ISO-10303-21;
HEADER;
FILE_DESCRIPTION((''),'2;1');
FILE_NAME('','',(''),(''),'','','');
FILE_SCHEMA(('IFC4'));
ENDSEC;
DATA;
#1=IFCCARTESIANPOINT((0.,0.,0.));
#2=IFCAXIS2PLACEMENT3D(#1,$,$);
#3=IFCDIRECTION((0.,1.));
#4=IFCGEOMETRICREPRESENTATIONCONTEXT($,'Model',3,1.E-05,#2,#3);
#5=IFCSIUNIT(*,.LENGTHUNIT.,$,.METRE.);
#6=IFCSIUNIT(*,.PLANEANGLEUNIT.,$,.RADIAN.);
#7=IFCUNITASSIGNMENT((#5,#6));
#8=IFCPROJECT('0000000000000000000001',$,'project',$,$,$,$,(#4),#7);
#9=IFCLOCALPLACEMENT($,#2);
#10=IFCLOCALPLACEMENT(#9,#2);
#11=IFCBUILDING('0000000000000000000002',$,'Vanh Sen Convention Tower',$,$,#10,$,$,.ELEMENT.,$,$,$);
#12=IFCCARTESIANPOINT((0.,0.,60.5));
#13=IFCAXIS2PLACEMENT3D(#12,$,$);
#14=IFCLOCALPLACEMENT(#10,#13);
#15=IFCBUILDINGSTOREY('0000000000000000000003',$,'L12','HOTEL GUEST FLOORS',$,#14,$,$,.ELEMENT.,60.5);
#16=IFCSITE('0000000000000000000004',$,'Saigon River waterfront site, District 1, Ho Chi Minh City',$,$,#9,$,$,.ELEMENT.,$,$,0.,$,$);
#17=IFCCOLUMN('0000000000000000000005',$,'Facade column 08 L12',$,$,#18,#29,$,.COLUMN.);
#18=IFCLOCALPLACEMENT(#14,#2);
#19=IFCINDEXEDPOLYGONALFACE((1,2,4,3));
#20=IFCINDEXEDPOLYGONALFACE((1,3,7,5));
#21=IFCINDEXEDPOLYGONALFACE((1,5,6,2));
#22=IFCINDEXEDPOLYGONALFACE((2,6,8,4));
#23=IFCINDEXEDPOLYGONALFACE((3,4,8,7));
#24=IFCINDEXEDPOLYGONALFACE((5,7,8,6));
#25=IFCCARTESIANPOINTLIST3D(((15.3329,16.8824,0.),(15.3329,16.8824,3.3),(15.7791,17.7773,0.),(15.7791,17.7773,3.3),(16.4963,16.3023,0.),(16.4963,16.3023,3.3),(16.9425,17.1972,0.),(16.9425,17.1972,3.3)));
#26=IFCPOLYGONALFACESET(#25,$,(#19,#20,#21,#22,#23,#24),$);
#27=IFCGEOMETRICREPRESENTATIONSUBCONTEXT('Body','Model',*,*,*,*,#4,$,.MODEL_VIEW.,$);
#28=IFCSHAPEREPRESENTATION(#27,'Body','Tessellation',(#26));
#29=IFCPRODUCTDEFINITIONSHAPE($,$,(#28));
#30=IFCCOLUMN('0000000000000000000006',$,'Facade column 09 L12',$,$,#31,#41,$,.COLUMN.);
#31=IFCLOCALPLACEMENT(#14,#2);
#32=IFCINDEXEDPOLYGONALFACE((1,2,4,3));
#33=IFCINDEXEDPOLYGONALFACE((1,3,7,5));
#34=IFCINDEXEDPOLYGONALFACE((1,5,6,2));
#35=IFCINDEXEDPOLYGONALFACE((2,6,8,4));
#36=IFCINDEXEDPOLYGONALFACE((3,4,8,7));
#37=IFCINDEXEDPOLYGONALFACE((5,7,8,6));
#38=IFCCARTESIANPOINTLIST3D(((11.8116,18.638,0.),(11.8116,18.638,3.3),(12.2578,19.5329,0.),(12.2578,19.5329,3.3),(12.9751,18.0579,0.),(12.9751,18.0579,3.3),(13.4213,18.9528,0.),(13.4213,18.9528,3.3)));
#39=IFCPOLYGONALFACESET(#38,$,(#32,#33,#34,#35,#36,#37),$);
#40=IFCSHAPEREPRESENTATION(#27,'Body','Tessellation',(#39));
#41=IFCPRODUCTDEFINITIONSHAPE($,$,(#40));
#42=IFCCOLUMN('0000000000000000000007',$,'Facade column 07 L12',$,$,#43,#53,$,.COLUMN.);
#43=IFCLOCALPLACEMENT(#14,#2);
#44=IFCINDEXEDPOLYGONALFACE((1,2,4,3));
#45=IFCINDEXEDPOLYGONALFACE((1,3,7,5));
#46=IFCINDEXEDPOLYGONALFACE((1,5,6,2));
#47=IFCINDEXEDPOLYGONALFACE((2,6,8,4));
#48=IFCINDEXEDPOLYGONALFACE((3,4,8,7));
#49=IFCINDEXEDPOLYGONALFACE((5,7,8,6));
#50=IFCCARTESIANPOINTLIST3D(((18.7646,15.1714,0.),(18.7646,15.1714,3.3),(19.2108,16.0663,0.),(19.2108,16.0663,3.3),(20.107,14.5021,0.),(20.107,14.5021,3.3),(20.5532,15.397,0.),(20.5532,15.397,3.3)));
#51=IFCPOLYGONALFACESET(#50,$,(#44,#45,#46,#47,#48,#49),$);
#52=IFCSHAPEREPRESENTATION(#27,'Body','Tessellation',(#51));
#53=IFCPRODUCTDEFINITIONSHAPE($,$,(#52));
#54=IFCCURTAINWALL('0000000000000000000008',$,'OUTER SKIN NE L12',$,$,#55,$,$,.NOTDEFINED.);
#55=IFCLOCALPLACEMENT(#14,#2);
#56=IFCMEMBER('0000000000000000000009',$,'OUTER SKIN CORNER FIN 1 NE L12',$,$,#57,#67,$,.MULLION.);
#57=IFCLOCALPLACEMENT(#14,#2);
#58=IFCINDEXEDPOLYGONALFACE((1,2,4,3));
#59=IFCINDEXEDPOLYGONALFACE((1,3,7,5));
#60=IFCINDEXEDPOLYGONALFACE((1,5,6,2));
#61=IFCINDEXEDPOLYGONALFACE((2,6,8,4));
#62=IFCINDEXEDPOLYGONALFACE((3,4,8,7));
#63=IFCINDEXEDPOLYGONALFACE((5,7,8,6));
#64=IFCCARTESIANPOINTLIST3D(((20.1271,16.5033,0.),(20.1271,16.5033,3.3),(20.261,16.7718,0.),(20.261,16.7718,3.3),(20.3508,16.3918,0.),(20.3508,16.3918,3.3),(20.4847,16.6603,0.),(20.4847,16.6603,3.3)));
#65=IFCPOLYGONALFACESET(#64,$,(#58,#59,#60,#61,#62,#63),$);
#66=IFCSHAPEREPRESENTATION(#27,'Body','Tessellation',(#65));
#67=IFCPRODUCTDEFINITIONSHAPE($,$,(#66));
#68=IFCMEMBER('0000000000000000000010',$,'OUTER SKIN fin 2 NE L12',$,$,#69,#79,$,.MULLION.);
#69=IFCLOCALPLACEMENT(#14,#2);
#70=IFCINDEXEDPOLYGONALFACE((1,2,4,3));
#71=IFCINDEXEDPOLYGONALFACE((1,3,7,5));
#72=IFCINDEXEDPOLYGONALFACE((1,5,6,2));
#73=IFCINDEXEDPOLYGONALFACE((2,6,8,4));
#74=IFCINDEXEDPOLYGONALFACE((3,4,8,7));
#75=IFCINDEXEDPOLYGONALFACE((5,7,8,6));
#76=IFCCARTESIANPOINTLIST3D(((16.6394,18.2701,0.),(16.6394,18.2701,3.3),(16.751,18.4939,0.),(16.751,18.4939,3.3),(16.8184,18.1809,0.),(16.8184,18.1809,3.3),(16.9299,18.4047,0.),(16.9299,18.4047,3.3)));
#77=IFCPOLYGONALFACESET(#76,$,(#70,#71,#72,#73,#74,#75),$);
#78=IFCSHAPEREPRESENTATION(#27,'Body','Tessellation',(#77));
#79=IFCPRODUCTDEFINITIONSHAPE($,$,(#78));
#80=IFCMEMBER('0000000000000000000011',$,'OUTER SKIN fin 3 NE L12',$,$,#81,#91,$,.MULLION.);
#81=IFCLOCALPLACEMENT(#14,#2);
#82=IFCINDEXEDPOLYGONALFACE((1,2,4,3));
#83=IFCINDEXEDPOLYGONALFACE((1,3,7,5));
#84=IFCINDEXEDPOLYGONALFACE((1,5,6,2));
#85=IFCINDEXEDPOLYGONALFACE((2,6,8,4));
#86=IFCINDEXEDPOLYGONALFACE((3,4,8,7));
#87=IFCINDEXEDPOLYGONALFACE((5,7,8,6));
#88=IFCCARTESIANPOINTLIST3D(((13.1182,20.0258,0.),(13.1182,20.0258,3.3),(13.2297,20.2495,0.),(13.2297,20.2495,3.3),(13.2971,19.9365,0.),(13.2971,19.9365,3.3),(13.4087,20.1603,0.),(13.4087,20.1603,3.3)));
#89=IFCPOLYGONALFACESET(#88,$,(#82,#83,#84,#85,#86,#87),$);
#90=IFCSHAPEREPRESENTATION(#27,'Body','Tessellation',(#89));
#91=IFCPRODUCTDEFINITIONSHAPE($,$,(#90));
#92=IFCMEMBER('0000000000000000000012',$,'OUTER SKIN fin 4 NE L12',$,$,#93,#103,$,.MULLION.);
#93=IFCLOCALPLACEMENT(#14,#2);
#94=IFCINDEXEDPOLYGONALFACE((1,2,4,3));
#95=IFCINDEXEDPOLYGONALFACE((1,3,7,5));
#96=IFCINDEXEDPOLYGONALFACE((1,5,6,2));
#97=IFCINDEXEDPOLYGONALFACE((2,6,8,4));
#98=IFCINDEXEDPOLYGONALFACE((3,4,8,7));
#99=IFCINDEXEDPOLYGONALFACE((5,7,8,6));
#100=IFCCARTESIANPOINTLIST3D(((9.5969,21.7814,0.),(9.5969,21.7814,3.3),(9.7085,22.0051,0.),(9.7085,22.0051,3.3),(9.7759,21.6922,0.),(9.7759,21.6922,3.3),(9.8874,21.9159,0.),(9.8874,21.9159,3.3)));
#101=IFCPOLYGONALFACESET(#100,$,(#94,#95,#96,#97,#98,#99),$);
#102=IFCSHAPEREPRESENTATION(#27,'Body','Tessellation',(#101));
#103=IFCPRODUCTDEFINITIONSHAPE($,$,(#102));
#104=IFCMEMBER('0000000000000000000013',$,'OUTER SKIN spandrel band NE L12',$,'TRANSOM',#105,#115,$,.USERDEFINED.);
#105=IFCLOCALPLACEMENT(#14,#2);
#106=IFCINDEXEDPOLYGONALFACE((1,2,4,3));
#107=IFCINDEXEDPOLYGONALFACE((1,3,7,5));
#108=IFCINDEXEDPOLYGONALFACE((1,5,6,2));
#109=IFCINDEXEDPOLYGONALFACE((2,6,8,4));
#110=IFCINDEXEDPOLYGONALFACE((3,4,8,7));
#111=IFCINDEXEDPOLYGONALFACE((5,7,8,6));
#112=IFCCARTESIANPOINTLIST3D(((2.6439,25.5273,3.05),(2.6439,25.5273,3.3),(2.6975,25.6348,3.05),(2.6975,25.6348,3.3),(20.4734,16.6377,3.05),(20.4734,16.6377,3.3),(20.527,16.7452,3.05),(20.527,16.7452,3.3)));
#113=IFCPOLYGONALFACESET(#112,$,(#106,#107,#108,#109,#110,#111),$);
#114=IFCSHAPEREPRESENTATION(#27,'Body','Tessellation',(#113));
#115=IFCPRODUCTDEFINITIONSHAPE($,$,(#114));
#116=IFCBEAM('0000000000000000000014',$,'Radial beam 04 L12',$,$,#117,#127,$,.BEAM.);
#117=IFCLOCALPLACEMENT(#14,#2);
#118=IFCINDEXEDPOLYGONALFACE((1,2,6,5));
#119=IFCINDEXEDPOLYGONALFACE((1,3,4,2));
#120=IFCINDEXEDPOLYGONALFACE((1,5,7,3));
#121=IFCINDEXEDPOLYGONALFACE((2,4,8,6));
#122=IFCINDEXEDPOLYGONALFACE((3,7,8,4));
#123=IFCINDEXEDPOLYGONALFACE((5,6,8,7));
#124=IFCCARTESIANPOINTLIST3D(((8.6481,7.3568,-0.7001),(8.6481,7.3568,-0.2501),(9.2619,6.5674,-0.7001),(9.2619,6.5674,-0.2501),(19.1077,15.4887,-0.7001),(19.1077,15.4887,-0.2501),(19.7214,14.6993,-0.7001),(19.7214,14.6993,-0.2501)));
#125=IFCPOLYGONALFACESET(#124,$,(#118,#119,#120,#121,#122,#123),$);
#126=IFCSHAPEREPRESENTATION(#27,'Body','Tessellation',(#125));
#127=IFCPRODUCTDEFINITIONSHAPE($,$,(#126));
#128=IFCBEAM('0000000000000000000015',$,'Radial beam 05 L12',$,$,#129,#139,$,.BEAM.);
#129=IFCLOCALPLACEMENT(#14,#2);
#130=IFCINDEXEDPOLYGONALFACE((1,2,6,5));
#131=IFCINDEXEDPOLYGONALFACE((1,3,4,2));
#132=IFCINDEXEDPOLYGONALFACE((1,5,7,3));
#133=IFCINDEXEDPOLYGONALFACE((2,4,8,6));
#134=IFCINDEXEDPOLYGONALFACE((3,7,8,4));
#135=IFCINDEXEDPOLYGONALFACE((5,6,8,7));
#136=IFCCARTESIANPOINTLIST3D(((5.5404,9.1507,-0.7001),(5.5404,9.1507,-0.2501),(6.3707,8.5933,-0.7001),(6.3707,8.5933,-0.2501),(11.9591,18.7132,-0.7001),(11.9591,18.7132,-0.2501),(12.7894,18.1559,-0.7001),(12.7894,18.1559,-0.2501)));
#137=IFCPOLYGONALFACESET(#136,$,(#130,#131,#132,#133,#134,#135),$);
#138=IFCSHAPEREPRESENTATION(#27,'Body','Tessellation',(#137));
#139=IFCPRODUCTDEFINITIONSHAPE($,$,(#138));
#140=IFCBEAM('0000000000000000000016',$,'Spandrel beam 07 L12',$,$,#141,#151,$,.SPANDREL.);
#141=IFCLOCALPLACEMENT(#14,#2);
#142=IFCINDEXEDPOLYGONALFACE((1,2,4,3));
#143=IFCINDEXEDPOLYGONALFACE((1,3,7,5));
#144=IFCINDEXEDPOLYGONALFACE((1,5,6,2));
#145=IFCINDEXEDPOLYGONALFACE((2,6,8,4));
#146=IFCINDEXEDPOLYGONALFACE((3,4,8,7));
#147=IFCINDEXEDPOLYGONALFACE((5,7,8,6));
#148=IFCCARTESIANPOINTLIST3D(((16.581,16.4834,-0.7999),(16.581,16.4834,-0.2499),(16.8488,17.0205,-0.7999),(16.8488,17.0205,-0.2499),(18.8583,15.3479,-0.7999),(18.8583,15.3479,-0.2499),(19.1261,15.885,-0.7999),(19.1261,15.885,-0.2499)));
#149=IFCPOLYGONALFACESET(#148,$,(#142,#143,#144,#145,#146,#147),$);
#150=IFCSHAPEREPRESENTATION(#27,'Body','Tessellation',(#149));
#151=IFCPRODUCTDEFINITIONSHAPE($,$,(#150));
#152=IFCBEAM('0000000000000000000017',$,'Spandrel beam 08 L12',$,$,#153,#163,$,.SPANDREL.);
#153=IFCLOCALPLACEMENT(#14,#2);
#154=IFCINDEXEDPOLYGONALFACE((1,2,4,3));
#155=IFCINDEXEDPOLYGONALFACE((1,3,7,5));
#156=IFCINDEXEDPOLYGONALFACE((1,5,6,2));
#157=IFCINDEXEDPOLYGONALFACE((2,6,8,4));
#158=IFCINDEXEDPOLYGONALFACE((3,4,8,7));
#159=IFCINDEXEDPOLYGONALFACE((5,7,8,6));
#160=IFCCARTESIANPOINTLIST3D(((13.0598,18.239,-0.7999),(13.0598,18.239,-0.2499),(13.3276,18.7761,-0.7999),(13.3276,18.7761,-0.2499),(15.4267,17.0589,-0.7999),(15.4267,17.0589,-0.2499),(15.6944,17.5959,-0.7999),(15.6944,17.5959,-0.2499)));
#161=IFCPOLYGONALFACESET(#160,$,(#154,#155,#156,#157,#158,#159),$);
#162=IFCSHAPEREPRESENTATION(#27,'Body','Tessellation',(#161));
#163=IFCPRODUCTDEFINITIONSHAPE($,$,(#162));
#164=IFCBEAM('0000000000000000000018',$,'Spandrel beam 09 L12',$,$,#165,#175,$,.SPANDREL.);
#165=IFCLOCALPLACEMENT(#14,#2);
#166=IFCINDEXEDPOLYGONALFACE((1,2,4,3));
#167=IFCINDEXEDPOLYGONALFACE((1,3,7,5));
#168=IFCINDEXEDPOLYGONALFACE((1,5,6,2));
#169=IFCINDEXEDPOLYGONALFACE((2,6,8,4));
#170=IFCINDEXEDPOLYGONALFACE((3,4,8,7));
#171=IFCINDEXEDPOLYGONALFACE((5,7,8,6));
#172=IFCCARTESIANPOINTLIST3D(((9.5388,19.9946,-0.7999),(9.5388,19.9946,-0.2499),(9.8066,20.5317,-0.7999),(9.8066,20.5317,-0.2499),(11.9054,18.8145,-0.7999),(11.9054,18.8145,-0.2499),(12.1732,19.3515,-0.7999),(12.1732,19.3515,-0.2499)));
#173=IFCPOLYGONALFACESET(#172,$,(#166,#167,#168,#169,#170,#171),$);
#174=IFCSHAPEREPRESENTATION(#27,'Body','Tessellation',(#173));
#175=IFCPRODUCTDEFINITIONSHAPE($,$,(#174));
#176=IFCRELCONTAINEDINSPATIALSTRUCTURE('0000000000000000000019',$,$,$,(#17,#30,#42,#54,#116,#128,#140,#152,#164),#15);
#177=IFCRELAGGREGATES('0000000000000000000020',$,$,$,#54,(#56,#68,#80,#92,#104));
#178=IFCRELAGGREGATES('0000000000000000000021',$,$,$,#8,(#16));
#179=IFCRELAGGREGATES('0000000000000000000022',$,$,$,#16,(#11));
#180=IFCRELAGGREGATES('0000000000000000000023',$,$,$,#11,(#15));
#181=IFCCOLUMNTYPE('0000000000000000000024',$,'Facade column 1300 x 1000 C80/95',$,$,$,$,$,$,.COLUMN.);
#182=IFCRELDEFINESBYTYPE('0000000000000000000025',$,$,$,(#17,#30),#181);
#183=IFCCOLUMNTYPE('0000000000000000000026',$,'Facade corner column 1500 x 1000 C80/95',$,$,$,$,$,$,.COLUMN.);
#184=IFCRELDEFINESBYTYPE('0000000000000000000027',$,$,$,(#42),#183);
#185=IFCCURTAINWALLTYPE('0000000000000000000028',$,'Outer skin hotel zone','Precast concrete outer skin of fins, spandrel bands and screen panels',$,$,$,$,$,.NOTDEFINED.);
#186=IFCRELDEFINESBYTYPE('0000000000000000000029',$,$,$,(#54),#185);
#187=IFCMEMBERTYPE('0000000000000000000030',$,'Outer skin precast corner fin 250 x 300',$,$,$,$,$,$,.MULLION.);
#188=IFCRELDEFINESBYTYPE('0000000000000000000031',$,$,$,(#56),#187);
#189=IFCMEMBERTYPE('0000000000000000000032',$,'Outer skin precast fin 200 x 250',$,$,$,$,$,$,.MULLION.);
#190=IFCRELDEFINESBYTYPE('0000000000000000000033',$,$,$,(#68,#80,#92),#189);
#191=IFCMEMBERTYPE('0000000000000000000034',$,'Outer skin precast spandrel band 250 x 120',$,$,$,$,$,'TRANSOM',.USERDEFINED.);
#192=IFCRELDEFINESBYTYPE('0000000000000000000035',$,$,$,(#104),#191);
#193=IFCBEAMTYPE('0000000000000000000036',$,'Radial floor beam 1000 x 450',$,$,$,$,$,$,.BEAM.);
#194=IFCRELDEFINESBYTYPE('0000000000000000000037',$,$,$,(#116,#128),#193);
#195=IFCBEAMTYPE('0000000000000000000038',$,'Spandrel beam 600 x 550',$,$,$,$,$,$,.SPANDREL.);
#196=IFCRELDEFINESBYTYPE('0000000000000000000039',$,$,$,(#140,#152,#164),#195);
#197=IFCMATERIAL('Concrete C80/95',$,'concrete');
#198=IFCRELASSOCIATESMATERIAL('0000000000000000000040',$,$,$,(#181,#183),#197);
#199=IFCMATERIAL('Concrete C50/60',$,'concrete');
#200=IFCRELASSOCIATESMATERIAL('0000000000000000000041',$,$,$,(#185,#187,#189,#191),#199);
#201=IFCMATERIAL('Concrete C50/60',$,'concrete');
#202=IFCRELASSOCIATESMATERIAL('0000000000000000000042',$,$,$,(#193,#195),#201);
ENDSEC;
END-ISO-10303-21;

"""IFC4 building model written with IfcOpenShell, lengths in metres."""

from ifc_helpers import new_model, si_unit, direction, frame, origin, origin_2d, place, context, subcontext, project, spatial, rectangle, extrude, material, material_profile, profile_set, type_object, element, aggregate, save


model = new_model("IFC4")

# Units and contexts
model_context = context("Model", 3, precision=1e-05, world=origin(), true_north=direction((0.0, 1.0)))
body_context = subcontext(model_context, "Body", "Model", "MODEL_VIEW")
ifc_project = project(units=[si_unit("LENGTHUNIT", "METRE"), si_unit("PLANEANGLEUNIT", "RADIAN")], contexts=[model_context])

# Site, building, storey
site_placement = place(None, origin())
site = spatial("IfcSite", under=ifc_project, at=site_placement, Name="Saigon River waterfront site, District 1, Ho Chi Minh City", CompositionType="ELEMENT", RefElevation=0.0)
building_placement = place(site_placement, origin())
building = spatial("IfcBuilding", under=site, at=building_placement, Name="Vanh Sen Convention Tower", CompositionType="ELEMENT")
storey_placement = place(building_placement, frame((0.0, 0.0, 60.5)))
storey = spatial("IfcBuildingStorey", under=building, at=storey_placement, Name="L12", Description="HOTEL GUEST FLOORS", CompositionType="ELEMENT", Elevation=60.5)

# Columns
ifc_material_1 = material(Name="Concrete C80/95", Category="concrete")
ifc_material_profile_1 = material_profile(ifc_material_1, rectangle(XDim=1.3, YDim=1.0, at=origin_2d()), Name="RC 1300X1000")
ifc_profile_set_1 = profile_set([ifc_material_profile_1], Name="Concrete C80/95")
column_type_1 = type_object("IfcColumnType", Name="Facade column 1300 x 1000 C80/95", PredefinedType="COLUMN", material=ifc_profile_set_1)
for number, where, z_axis, x_axis, name in (
    (1, (16.1377, 17.0398, 0.0), (0.0, 0.0, 1.0), (-0.894934, 0.446198, 0.0), "Facade column 08 L12"),
    (2, (12.6165, 18.7954, 0.0), (0.0, 0.0, 1.0), (-0.894934, 0.446198, 0.0), "Facade column 09 L12"),
):
    element("IfcColumn", number, at=place(storey_placement, frame(where, z_axis=z_axis, x_axis=x_axis)), inside=storey, type_object=column_type_1, Name=name, PredefinedType="COLUMN", context=body_context, shape_type="SweptSolid", body=[
        extrude(rectangle(XDim=1.3, YDim=1.0, at=origin_2d()), origin(), (0.0, 0.0, 1.0), 3.3),
    ])
ifc_material_profile_2 = material_profile(ifc_material_1, rectangle(XDim=1.5, YDim=1.0, at=origin_2d()), Name="RC 1500X1000")
ifc_profile_set_2 = profile_set([ifc_material_profile_2], Name="Concrete C80/95")
column_type_2 = type_object("IfcColumnType", Name="Facade corner column 1500 x 1000 C80/95", PredefinedType="COLUMN", material=ifc_profile_set_2)
column_placement = place(storey_placement, frame((19.6589, 15.2842, 0.0), z_axis=(0.0, 0.0, 1.0), x_axis=(-0.894934, 0.446198, 0.0)))
element("IfcColumn", 3, at=column_placement, inside=storey, type_object=column_type_2, Name="Facade column 07 L12", PredefinedType="COLUMN", context=body_context, shape_type="SweptSolid", body=[
    extrude(rectangle(XDim=1.5, YDim=1.0, at=origin_2d()), origin(), (0.0, 0.0, 1.0), 3.3),
])

# Curtain wall, members
ifc_material_2 = material(Name="Concrete C50/60", Category="concrete")
curtain_wall_type = type_object("IfcCurtainWallType", Name="Outer skin hotel zone", Description="Precast concrete outer skin of fins, spandrel bands and screen panels", PredefinedType="NOTDEFINED", material=ifc_material_2)
curtain_wall_1_placement = place(storey_placement, origin())
curtain_wall_1 = element("IfcCurtainWall", 4, at=curtain_wall_1_placement, inside=storey, type_object=curtain_wall_type, Name="OUTER SKIN NE L12", PredefinedType="NOTDEFINED")
ifc_material_profile_3 = material_profile(ifc_material_2, rectangle(XDim=0.25, YDim=0.3, at=origin_2d()), Name="Outer skin precast corner fin 250 x 300")
ifc_profile_set_3 = profile_set([ifc_material_profile_3], Name="Concrete C50/60")
member_type_1 = type_object("IfcMemberType", Name="Outer skin precast corner fin 250 x 300", PredefinedType="MULLION", material=ifc_profile_set_3)
member_1_placement = place(storey_placement, frame((20.3059, 16.5818, 0.0), z_axis=(0.0, 0.0, 1.0), x_axis=(-0.894934, 0.446198, 0.0)))
member_1 = element("IfcMember", 5, at=member_1_placement, type_object=member_type_1, Name="OUTER SKIN CORNER FIN 1 NE L12", PredefinedType="MULLION", context=body_context, shape_type="SweptSolid", body=[
    extrude(rectangle(XDim=0.25, YDim=0.3, at=origin_2d()), origin(), (0.0, 0.0, 1.0), 3.3),
])
ifc_material_profile_4 = material_profile(ifc_material_2, rectangle(XDim=0.2, YDim=0.25, at=origin_2d()), Name="Outer skin precast fin 200 x 250")
ifc_profile_set_4 = profile_set([ifc_material_profile_4], Name="Concrete C50/60")
member_type_2 = type_object("IfcMemberType", Name="Outer skin precast fin 200 x 250", PredefinedType="MULLION", material=ifc_profile_set_4)
member_2_placement = place(storey_placement, frame((16.7847, 18.3374, 0.0), z_axis=(0.0, 0.0, 1.0), x_axis=(-0.894934, 0.446198, 0.0)))
member_2 = element("IfcMember", 6, at=member_2_placement, type_object=member_type_2, Name="OUTER SKIN fin 2 NE L12", PredefinedType="MULLION", context=body_context, shape_type="SweptSolid", body=[
    extrude(rectangle(XDim=0.2, YDim=0.25, at=origin_2d()), origin(), (0.0, 0.0, 1.0), 3.3),
])
member_3_placement = place(storey_placement, frame((13.2634, 20.093, 0.0), z_axis=(0.0, 0.0, 1.0), x_axis=(-0.894934, 0.446198, 0.0)))
member_3 = element("IfcMember", 7, at=member_3_placement, type_object=member_type_2, Name="OUTER SKIN fin 3 NE L12", PredefinedType="MULLION", context=body_context, shape_type="SweptSolid", body=[
    extrude(rectangle(XDim=0.2, YDim=0.25, at=origin_2d()), origin(), (0.0, 0.0, 1.0), 3.3),
])
member_4_placement = place(storey_placement, frame((9.7422, 21.8486, 0.0), z_axis=(0.0, 0.0, 1.0), x_axis=(-0.894934, 0.446198, 0.0)))
member_4 = element("IfcMember", 8, at=member_4_placement, type_object=member_type_2, Name="OUTER SKIN fin 4 NE L12", PredefinedType="MULLION", context=body_context, shape_type="SweptSolid", body=[
    extrude(rectangle(XDim=0.2, YDim=0.25, at=origin_2d()), origin(), (0.0, 0.0, 1.0), 3.3),
])
ifc_material_profile_5 = material_profile(ifc_material_2, rectangle(XDim=0.1201, YDim=0.25, at=origin_2d()), Name="Outer skin precast spandrel band 250 x 120")
ifc_profile_set_5 = profile_set([ifc_material_profile_5], Name="Concrete C50/60")
member_type_3 = type_object("IfcMemberType", Name="Outer skin precast spandrel band 250 x 120", ElementType="TRANSOM", PredefinedType="USERDEFINED", material=ifc_profile_set_5)
member_5_placement = place(storey_placement, frame((20.5002, 16.6914, 3.175), z_axis=(-0.894931, 0.446204, 0.0), x_axis=(-0.446204, -0.894931, 0.0)))
member_5 = element("IfcMember", 9, at=member_5_placement, type_object=member_type_3, Name="OUTER SKIN spandrel band NE L12", ObjectType="TRANSOM", PredefinedType="USERDEFINED", context=body_context, shape_type="SweptSolid", body=[
    extrude(rectangle(XDim=0.1201, YDim=0.25, at=origin_2d()), origin(), (0.0, 0.0, 1.0), 19.9229),
])

# Beams
ifc_material_3 = material(Name="Concrete C50/60", Category="concrete")
ifc_material_profile_6 = material_profile(ifc_material_3, rectangle(XDim=1.0, YDim=0.45, at=origin_2d()), Name="RC 1000X450")
ifc_profile_set_6 = profile_set([ifc_material_profile_6], Name="Concrete C50/60")
beam_type_1 = type_object("IfcBeamType", Name="Radial floor beam 1000 x 450", PredefinedType="BEAM", material=ifc_profile_set_6)
beam_1_placement = place(storey_placement, frame((19.4146, 15.094, -0.4751), z_axis=(-0.789473, -0.613785, 0.0), x_axis=(0.613785, -0.789473, 0.0)))
element("IfcBeam", 10, at=beam_1_placement, inside=storey, type_object=beam_type_1, Name="Radial beam 04 L12", PredefinedType="BEAM", context=body_context, shape_type="SweptSolid", body=[
    extrude(rectangle(XDim=1.0, YDim=0.45, at=origin_2d()), origin(), (0.0, 0.0, 1.0), 13.2488),
])
beam_2_placement = place(storey_placement, frame((12.3743, 18.4346, -0.4751), z_axis=(-0.557324, -0.830295, 0.0), x_axis=(0.830295, -0.557324, 0.0)))
element("IfcBeam", 11, at=beam_2_placement, inside=storey, type_object=beam_type_1, Name="Radial beam 05 L12", PredefinedType="BEAM", context=body_context, shape_type="SweptSolid", body=[
    extrude(rectangle(XDim=1.0, YDim=0.45, at=origin_2d()), origin(), (0.0, 0.0, 1.0), 11.5171),
])
ifc_material_profile_7 = material_profile(ifc_material_3, rectangle(XDim=0.6001, YDim=0.55, at=origin_2d()), Name="RC 600X550")
ifc_profile_set_7 = profile_set([ifc_material_profile_7], Name="Concrete C50/60")
beam_type_2 = type_object("IfcBeamType", Name="Spandrel beam 600 x 550", PredefinedType="SPANDREL", material=ifc_profile_set_7)
beam_3_placement = place(storey_placement, frame((18.9922, 15.6165, -0.5249), z_axis=(-0.894926, 0.446216, 0.0), x_axis=(-0.446216, -0.894926, 0.0)))
element("IfcBeam", 12, at=beam_3_placement, inside=storey, type_object=beam_type_2, Name="Spandrel beam 07 L12", PredefinedType="SPANDREL", context=body_context, shape_type="SweptSolid", body=[
    extrude(rectangle(XDim=0.6001, YDim=0.55, at=origin_2d()), origin(), (0.0, 0.0, 1.0), 2.5447),
])
beam_4_placement = place(storey_placement, frame((15.5605, 17.3274, -0.5249), z_axis=(-0.894925, 0.446216, 0.0), x_axis=(-0.446216, -0.894925, 0.0)))
element("IfcBeam", 13, at=beam_4_placement, inside=storey, type_object=beam_type_2, Name="Spandrel beam 08 L12", PredefinedType="SPANDREL", context=body_context, shape_type="SweptSolid", body=[
    extrude(rectangle(XDim=0.6001, YDim=0.55, at=origin_2d()), origin(), (0.0, 0.0, 1.0), 2.6448),
])
beam_5_placement = place(storey_placement, frame((12.0393, 19.083, -0.5249), z_axis=(-0.894907, 0.446253, 0.0), x_axis=(-0.446253, -0.894907, 0.0)))
element("IfcBeam", 14, at=beam_5_placement, inside=storey, type_object=beam_type_2, Name="Spandrel beam 09 L12", PredefinedType="SPANDREL", context=body_context, shape_type="SweptSolid", body=[
    extrude(rectangle(XDim=0.6001, YDim=0.55, at=origin_2d()), origin(), (0.0, 0.0, 1.0), 2.6445),
])

aggregate(curtain_wall_1, [member_1, member_2, member_3, member_4, member_5])

save(model, "model.ifc")
